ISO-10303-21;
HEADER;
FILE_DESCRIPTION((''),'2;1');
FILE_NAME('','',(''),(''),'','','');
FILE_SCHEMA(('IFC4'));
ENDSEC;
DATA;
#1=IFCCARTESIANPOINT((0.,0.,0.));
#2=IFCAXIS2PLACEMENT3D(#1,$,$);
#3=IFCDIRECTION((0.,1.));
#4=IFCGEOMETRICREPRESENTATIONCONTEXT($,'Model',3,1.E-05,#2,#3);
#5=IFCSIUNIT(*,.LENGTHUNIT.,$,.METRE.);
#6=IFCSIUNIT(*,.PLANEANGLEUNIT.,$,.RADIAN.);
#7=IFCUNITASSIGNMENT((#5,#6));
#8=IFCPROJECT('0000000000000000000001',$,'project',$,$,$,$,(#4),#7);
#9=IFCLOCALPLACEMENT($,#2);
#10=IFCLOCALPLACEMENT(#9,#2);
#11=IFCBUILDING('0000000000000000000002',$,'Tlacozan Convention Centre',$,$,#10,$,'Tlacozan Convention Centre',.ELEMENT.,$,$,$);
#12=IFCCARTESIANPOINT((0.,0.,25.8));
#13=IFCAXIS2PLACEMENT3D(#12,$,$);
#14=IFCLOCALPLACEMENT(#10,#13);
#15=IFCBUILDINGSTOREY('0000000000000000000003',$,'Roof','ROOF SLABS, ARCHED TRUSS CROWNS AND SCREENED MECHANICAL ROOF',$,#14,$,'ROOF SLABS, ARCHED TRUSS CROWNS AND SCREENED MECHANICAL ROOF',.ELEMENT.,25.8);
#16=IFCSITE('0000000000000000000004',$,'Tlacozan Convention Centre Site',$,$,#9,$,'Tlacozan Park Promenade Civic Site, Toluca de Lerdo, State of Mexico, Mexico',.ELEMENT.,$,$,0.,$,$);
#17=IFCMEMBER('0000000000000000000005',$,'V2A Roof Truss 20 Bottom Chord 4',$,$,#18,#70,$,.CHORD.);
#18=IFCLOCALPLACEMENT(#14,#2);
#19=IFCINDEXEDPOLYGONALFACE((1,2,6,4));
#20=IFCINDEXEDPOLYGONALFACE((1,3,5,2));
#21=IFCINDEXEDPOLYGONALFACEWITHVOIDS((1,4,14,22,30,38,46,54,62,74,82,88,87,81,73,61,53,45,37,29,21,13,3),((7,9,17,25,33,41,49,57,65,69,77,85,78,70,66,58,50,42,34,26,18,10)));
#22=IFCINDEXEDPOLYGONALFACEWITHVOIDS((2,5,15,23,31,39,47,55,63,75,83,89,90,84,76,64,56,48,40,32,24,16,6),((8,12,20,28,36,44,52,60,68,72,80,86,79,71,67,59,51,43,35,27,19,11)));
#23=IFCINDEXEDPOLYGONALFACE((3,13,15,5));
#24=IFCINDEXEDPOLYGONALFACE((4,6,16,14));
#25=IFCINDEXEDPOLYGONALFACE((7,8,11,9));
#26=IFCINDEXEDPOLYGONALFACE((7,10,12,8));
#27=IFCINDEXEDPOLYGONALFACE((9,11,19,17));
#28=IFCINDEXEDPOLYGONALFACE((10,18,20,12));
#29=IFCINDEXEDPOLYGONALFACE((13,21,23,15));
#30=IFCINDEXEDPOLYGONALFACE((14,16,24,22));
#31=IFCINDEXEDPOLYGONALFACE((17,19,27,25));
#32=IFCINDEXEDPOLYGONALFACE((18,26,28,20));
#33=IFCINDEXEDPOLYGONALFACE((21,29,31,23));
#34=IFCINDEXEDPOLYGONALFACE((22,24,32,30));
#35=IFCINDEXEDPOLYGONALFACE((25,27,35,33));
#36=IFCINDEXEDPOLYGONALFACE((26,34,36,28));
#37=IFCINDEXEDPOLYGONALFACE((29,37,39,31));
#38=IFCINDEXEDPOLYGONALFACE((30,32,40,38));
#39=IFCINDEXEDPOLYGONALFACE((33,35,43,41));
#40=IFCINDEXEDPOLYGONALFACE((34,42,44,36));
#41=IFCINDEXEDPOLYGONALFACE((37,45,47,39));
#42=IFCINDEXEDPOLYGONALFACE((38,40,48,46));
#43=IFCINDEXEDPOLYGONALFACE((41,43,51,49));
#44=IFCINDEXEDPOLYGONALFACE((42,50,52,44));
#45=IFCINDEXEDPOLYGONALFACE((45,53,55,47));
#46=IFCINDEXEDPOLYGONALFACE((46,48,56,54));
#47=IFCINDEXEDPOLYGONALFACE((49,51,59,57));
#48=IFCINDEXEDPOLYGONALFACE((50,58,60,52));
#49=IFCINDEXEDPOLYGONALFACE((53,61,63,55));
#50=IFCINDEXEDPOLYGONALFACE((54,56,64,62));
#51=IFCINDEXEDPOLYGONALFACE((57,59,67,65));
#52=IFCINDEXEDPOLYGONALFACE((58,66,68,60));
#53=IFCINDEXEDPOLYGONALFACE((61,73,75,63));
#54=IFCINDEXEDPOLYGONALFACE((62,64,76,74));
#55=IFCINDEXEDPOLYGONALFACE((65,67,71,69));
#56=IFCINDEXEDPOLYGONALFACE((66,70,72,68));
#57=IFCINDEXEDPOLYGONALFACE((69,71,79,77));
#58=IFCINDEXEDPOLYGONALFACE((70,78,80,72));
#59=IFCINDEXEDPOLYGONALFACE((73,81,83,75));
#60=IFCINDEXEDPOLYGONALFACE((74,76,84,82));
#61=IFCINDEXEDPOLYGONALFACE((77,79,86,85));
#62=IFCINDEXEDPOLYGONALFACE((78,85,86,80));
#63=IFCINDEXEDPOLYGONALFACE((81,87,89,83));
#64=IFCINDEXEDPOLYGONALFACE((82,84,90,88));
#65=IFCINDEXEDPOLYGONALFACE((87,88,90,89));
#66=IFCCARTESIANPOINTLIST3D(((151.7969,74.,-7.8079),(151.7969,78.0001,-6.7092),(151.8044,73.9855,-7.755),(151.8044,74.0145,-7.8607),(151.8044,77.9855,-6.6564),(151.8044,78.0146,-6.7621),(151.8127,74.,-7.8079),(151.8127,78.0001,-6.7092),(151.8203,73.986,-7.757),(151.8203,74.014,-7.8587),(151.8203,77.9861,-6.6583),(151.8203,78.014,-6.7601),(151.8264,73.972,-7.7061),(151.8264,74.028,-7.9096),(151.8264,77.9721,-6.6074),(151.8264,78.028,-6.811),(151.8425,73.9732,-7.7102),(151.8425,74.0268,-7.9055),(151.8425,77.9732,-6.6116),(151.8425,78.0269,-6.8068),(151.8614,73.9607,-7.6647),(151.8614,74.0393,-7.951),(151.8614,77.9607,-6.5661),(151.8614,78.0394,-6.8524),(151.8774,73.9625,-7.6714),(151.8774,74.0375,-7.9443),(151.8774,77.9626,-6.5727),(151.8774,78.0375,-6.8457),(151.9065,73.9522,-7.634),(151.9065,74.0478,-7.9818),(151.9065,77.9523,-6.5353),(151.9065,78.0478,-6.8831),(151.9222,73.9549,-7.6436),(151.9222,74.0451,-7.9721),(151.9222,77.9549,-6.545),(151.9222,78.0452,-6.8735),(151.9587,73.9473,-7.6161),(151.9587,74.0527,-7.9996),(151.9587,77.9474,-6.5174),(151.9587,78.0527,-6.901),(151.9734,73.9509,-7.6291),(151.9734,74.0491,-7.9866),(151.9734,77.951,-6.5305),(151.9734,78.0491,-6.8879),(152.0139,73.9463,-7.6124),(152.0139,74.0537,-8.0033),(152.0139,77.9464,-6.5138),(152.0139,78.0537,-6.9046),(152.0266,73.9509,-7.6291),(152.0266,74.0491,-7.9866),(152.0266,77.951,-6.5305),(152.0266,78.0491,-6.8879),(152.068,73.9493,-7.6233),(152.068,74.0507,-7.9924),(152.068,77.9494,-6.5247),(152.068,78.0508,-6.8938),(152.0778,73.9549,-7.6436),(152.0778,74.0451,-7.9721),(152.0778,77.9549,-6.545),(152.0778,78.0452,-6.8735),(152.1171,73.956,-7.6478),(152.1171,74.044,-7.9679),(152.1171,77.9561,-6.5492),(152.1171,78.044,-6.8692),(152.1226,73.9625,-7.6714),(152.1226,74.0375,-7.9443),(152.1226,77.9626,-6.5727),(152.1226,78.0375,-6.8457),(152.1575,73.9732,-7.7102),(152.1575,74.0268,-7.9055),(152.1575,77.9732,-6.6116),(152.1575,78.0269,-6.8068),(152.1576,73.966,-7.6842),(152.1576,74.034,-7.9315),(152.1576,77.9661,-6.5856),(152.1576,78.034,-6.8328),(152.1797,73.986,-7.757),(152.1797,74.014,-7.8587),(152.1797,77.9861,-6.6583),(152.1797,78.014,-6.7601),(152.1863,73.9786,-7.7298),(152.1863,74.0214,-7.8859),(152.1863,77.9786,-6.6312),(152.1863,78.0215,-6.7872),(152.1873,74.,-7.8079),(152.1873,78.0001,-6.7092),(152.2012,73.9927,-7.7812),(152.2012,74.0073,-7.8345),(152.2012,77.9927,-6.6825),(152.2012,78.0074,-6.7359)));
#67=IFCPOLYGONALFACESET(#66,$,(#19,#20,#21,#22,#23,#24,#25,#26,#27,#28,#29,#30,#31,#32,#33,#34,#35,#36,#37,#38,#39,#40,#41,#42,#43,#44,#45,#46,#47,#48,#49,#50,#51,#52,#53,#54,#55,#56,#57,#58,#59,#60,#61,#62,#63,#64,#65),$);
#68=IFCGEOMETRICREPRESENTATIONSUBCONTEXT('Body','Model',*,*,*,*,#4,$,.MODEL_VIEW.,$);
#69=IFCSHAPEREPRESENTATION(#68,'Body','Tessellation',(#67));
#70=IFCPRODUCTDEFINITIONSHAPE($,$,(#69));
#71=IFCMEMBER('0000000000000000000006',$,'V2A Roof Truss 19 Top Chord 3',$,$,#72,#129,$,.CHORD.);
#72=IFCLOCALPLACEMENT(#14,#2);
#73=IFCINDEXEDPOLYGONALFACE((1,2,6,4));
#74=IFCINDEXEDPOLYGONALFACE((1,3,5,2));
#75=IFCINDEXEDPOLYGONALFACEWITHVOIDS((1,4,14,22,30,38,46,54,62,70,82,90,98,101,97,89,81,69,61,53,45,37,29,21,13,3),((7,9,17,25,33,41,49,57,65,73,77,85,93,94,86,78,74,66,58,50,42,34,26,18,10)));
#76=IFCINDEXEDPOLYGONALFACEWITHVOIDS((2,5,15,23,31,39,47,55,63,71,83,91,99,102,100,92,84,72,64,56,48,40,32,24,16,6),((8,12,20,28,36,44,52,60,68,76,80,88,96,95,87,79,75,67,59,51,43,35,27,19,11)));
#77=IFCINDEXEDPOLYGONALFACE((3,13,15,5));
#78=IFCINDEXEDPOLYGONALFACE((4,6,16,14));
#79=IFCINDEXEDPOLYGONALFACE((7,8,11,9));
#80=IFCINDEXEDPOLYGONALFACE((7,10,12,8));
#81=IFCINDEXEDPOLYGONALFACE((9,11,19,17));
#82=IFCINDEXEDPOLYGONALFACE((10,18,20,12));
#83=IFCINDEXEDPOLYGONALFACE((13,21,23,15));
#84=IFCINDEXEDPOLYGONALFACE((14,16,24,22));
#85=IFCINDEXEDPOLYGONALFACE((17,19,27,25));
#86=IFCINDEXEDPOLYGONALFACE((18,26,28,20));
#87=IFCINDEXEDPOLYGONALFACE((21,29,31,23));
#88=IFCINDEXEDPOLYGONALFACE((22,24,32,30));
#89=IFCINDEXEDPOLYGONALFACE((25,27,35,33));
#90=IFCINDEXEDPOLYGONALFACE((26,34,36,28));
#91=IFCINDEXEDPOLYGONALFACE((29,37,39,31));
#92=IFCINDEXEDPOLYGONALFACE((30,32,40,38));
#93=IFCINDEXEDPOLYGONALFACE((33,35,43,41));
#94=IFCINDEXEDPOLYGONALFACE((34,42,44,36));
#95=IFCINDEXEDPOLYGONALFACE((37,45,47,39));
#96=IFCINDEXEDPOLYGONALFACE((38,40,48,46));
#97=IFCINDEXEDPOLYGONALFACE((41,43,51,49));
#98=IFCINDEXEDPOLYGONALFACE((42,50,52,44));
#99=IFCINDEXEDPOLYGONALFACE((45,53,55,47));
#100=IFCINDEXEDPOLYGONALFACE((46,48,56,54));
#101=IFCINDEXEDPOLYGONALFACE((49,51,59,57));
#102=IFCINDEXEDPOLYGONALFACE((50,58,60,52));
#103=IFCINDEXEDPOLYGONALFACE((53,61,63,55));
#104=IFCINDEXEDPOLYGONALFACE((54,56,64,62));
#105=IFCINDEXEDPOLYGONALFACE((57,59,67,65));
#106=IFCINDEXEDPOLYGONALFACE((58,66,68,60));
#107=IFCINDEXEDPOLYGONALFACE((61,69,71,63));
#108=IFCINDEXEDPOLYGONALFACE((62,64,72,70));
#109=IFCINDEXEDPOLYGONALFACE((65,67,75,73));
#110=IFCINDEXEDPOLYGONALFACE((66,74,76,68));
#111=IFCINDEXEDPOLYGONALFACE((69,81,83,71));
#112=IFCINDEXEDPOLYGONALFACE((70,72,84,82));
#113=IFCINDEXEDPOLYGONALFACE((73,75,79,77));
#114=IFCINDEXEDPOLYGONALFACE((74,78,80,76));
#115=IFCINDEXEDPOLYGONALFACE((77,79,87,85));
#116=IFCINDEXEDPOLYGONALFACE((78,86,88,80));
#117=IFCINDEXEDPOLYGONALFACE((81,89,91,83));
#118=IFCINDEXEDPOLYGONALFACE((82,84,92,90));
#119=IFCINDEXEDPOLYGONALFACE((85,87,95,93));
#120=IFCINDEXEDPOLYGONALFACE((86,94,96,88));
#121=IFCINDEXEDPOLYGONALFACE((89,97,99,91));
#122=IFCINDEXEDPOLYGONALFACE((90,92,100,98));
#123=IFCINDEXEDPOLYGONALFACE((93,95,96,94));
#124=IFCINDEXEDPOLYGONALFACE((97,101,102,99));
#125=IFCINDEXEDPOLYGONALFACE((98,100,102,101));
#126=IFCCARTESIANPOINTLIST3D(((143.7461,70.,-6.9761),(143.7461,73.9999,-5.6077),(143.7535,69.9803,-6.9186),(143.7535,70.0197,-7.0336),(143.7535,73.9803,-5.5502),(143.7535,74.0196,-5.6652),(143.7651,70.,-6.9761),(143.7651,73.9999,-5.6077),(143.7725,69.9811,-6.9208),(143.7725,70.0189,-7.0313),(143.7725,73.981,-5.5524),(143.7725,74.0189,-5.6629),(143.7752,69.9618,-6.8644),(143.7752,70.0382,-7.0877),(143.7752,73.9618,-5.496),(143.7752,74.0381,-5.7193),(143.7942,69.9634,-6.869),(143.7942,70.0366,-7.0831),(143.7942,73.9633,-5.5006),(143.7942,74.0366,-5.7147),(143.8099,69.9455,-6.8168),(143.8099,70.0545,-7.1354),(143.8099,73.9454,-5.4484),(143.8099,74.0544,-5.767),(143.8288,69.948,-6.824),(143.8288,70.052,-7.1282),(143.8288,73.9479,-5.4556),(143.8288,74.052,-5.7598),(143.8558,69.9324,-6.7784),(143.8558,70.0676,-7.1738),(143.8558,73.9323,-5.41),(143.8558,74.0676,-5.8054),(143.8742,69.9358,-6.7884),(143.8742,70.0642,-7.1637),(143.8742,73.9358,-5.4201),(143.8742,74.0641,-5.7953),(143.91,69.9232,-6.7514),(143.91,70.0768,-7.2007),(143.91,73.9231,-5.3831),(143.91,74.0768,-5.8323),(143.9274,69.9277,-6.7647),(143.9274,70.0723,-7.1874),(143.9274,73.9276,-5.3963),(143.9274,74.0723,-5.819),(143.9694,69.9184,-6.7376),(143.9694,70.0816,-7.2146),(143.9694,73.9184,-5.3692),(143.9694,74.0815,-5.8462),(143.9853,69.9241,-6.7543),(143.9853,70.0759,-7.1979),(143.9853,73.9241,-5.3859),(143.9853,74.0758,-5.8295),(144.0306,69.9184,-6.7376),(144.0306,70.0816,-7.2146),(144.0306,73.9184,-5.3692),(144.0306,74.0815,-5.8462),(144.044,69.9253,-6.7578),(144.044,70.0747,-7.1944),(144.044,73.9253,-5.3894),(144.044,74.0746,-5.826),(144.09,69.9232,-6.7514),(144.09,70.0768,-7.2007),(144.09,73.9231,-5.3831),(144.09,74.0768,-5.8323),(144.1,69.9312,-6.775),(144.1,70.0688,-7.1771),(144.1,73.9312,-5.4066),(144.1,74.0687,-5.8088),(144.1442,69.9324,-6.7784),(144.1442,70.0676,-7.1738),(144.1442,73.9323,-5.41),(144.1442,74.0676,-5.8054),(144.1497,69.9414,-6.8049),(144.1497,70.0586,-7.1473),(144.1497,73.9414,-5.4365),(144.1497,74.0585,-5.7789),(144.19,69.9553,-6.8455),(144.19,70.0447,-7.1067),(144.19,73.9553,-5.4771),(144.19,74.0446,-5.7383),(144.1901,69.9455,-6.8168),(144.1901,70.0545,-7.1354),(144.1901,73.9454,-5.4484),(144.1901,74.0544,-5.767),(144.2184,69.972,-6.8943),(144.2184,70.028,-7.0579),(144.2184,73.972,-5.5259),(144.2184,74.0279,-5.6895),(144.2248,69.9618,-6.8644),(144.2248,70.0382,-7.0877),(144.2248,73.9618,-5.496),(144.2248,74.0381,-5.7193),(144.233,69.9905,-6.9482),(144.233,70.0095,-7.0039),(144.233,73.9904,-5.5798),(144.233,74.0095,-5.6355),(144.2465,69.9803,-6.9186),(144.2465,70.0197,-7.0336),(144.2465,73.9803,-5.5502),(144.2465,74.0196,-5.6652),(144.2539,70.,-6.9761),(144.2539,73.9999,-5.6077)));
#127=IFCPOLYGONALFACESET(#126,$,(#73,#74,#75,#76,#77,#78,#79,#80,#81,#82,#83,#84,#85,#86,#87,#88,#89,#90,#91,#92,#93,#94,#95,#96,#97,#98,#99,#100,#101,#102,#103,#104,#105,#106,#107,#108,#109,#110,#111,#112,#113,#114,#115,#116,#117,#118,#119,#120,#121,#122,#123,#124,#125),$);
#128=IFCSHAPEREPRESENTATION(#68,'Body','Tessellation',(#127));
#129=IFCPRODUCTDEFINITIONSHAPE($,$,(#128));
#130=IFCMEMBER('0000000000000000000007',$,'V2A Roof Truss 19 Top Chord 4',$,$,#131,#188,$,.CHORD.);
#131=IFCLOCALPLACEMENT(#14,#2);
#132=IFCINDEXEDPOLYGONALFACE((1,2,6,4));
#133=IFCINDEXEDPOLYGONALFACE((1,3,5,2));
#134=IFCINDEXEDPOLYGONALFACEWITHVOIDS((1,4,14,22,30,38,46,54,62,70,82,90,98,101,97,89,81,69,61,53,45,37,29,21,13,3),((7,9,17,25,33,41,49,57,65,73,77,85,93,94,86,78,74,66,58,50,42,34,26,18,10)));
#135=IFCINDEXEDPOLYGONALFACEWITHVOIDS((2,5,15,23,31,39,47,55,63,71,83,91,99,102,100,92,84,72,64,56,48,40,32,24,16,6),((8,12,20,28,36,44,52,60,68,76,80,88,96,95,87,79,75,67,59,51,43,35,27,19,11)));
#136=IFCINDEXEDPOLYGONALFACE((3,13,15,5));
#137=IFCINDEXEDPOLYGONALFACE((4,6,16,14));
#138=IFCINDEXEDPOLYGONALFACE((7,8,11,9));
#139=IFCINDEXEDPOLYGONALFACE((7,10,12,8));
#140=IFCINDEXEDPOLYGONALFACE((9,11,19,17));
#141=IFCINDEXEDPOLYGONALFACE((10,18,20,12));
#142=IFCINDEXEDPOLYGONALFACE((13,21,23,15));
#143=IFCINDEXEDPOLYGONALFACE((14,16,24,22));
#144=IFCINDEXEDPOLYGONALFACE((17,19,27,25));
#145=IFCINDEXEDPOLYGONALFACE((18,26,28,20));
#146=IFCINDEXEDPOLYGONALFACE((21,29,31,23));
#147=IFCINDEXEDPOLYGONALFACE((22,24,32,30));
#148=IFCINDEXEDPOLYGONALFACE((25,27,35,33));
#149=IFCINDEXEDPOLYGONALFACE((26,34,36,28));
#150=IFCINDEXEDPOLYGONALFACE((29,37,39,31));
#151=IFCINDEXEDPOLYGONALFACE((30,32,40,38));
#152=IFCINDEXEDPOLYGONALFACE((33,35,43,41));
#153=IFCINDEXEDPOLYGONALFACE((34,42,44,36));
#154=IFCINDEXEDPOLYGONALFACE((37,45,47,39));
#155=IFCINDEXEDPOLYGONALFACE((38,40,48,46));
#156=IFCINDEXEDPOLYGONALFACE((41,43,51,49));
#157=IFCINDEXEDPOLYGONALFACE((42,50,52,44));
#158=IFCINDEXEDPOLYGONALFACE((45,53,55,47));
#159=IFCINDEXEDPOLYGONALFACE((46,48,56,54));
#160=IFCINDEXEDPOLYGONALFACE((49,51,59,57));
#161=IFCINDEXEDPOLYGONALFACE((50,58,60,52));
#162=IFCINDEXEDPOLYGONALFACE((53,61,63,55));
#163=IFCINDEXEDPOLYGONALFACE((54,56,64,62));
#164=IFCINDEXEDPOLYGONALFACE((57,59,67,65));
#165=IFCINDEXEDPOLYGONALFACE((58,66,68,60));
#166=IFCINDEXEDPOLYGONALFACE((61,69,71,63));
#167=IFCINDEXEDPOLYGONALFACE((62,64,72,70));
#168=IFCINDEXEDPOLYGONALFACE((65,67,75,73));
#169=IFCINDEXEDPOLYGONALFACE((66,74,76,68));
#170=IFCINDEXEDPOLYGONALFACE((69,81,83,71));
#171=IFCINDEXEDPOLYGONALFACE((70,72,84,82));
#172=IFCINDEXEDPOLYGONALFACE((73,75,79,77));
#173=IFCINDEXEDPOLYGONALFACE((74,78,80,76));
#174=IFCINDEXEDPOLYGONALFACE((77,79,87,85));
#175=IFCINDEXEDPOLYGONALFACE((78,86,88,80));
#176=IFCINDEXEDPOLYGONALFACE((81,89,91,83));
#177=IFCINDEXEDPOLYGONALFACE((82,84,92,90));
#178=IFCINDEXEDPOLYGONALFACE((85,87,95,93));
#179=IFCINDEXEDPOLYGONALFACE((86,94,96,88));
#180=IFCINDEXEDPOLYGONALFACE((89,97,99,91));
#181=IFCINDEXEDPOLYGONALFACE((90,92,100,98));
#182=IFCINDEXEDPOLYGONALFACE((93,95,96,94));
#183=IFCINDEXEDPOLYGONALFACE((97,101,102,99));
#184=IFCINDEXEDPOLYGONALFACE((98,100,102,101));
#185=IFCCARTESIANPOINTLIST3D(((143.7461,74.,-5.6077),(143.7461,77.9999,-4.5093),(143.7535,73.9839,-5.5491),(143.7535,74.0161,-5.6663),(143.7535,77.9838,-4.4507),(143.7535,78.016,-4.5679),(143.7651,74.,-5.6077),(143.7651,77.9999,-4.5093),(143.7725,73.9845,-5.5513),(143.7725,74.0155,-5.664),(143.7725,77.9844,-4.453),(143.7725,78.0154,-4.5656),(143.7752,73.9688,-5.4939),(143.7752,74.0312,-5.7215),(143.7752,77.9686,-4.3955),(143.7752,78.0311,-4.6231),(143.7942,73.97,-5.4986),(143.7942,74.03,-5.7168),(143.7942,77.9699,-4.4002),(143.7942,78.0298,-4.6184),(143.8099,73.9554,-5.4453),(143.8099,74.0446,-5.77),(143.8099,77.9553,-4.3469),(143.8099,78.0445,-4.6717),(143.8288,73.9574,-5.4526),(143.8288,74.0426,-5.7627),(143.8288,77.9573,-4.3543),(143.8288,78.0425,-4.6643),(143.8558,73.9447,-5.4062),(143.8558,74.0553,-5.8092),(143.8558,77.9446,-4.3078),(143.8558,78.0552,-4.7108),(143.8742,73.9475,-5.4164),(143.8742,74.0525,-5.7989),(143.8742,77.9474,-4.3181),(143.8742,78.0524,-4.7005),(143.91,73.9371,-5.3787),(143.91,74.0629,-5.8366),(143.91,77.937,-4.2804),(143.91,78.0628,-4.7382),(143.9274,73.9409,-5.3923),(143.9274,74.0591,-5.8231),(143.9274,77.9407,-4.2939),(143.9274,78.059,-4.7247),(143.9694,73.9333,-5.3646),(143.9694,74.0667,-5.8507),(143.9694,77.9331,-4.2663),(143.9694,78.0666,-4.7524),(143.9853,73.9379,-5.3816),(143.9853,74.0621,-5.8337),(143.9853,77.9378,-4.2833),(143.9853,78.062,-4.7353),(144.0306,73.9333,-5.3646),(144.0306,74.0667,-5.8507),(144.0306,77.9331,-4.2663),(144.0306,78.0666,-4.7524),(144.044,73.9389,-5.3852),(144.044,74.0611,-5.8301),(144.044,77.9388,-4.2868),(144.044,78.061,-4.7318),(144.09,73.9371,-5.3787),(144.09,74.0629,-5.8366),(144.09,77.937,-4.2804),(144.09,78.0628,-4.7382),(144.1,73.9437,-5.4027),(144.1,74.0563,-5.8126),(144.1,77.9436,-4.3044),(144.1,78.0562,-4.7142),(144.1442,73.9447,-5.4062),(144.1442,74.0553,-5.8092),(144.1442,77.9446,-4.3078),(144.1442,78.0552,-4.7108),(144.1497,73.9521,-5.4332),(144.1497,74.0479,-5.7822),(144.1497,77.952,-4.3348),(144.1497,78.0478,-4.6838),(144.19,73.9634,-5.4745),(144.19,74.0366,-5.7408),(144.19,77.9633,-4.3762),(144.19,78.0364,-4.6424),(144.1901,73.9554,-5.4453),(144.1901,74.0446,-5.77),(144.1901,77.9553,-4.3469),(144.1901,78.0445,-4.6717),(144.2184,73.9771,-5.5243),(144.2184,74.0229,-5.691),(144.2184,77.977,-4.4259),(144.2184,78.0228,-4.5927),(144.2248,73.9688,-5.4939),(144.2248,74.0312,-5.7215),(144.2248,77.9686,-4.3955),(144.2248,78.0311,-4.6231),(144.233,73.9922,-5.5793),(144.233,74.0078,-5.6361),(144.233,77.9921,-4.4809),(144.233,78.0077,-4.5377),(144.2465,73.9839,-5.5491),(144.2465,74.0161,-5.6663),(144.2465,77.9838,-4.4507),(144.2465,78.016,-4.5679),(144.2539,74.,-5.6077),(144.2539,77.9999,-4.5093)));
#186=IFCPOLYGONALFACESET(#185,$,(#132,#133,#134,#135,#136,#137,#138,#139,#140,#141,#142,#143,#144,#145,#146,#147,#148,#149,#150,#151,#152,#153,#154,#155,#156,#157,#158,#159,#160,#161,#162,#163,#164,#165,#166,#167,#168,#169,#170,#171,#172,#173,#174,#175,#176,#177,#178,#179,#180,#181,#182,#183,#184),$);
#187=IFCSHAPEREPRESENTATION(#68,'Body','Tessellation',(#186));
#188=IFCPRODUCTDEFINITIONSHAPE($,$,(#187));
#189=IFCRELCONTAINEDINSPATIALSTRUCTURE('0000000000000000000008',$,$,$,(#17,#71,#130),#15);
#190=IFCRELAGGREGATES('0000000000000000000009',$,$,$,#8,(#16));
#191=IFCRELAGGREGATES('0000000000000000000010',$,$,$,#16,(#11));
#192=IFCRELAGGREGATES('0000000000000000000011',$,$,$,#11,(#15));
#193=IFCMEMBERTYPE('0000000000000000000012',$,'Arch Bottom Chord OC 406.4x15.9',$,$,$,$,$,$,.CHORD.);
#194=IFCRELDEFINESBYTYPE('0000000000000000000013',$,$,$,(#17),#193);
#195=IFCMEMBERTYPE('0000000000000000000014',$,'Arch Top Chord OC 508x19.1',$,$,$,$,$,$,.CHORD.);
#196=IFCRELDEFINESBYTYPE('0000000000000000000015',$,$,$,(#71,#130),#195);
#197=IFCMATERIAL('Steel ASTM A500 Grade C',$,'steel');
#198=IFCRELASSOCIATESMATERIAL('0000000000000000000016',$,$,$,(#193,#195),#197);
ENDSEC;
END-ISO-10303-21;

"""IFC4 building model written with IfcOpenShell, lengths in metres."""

from ifc_helpers import new_model, si_unit, direction, frame, origin, origin_2d, place, context, subcontext, project, spatial, hollow_circle, extrude, material, material_profile, profile_set, type_object, element, save


model = new_model("IFC4")

# Units and contexts
model_context = context("Model", 3, precision=1e-05, world=origin(), true_north=direction((0.0, 1.0)))
body_context = subcontext(model_context, "Body", "Model", "MODEL_VIEW")
ifc_project = project(units=[si_unit("LENGTHUNIT", "METRE"), si_unit("PLANEANGLEUNIT", "RADIAN")], contexts=[model_context])

# Site, building, storey
site_placement = place(None, origin())
site = spatial("IfcSite", under=ifc_project, at=site_placement, Name="Tlacozan Convention Centre Site", LongName="Tlacozan Park Promenade Civic Site, Toluca de Lerdo, State of Mexico, Mexico", CompositionType="ELEMENT", RefElevation=0.0)
building_placement = place(site_placement, origin())
building = spatial("IfcBuilding", under=site, at=building_placement, Name="Tlacozan Convention Centre", LongName="Tlacozan Convention Centre", CompositionType="ELEMENT")
storey_placement = place(building_placement, frame((0.0, 0.0, 25.8)))
storey = spatial("IfcBuildingStorey", under=building, at=storey_placement, Name="Roof", Description="ROOF SLABS, ARCHED TRUSS CROWNS AND SCREENED MECHANICAL ROOF", LongName="ROOF SLABS, ARCHED TRUSS CROWNS AND SCREENED MECHANICAL ROOF", CompositionType="ELEMENT", Elevation=25.8)

# Members
ifc_material_1 = material(Name="Steel ASTM A500 Grade C", Category="steel")
ifc_material_profile_1 = material_profile(ifc_material_1, hollow_circle(Radius=0.2031, WallThickness=0.0159, at=origin_2d()), Name="OC 406.4x15.9")
ifc_profile_set_1 = profile_set([ifc_material_profile_1], Name="Steel ASTM A500 Grade C")
member_type_1 = type_object("IfcMemberType", Name="Arch Bottom Chord OC 406.4x15.9", PredefinedType="CHORD", material=ifc_profile_set_1)
member_1_placement = place(storey_placement, frame((152.0, 74.0, -7.8079), z_axis=(0.0, 0.96429, 0.26485), x_axis=(-1.0, 0.0, 0.0)))
element("IfcMember", 1, at=member_1_placement, inside=storey, type_object=member_type_1, Name="V2A Roof Truss 20 Bottom Chord 4", PredefinedType="CHORD", context=body_context, shape_type="SweptSolid", body=[
    extrude(hollow_circle(Radius=0.2031, WallThickness=0.0159, at=origin_2d()), origin(), (0.0, 0.0, 1.0), 4.1482),
])
ifc_material_profile_2 = material_profile(ifc_material_1, hollow_circle(Radius=0.2539, WallThickness=0.019, at=origin_2d()), Name="OC 508.0x19.1")
ifc_profile_set_2 = profile_set([ifc_material_profile_2], Name="Steel ASTM A500 Grade C")
member_type_2 = type_object("IfcMemberType", Name="Arch Top Chord OC 508x19.1", PredefinedType="CHORD", material=ifc_profile_set_2)
member_2_placement = place(storey_placement, frame((144.0, 70.0, -6.9761), z_axis=(0.0, 0.946165, 0.323685), x_axis=(-1.0, 0.0, 0.0)))
element("IfcMember", 2, at=member_2_placement, inside=storey, type_object=member_type_2, Name="V2A Roof Truss 19 Top Chord 3", PredefinedType="CHORD", context=body_context, shape_type="SweptSolid", body=[
    extrude(hollow_circle(Radius=0.2539, WallThickness=0.019, at=origin_2d()), origin(), (0.0, 0.0, 1.0), 4.2275),
])
member_3_placement = place(storey_placement, frame((144.0, 74.0, -5.6077), z_axis=(0.0, 0.964305, 0.264795), x_axis=(-1.0, 0.0, 0.0)))
element("IfcMember", 3, at=member_3_placement, inside=storey, type_object=member_type_2, Name="V2A Roof Truss 19 Top Chord 4", PredefinedType="CHORD", context=body_context, shape_type="SweptSolid", body=[
    extrude(hollow_circle(Radius=0.2539, WallThickness=0.019, at=origin_2d()), origin(), (0.0, 0.0, 1.0), 4.1479),
])

save(model, "model.ifc")
